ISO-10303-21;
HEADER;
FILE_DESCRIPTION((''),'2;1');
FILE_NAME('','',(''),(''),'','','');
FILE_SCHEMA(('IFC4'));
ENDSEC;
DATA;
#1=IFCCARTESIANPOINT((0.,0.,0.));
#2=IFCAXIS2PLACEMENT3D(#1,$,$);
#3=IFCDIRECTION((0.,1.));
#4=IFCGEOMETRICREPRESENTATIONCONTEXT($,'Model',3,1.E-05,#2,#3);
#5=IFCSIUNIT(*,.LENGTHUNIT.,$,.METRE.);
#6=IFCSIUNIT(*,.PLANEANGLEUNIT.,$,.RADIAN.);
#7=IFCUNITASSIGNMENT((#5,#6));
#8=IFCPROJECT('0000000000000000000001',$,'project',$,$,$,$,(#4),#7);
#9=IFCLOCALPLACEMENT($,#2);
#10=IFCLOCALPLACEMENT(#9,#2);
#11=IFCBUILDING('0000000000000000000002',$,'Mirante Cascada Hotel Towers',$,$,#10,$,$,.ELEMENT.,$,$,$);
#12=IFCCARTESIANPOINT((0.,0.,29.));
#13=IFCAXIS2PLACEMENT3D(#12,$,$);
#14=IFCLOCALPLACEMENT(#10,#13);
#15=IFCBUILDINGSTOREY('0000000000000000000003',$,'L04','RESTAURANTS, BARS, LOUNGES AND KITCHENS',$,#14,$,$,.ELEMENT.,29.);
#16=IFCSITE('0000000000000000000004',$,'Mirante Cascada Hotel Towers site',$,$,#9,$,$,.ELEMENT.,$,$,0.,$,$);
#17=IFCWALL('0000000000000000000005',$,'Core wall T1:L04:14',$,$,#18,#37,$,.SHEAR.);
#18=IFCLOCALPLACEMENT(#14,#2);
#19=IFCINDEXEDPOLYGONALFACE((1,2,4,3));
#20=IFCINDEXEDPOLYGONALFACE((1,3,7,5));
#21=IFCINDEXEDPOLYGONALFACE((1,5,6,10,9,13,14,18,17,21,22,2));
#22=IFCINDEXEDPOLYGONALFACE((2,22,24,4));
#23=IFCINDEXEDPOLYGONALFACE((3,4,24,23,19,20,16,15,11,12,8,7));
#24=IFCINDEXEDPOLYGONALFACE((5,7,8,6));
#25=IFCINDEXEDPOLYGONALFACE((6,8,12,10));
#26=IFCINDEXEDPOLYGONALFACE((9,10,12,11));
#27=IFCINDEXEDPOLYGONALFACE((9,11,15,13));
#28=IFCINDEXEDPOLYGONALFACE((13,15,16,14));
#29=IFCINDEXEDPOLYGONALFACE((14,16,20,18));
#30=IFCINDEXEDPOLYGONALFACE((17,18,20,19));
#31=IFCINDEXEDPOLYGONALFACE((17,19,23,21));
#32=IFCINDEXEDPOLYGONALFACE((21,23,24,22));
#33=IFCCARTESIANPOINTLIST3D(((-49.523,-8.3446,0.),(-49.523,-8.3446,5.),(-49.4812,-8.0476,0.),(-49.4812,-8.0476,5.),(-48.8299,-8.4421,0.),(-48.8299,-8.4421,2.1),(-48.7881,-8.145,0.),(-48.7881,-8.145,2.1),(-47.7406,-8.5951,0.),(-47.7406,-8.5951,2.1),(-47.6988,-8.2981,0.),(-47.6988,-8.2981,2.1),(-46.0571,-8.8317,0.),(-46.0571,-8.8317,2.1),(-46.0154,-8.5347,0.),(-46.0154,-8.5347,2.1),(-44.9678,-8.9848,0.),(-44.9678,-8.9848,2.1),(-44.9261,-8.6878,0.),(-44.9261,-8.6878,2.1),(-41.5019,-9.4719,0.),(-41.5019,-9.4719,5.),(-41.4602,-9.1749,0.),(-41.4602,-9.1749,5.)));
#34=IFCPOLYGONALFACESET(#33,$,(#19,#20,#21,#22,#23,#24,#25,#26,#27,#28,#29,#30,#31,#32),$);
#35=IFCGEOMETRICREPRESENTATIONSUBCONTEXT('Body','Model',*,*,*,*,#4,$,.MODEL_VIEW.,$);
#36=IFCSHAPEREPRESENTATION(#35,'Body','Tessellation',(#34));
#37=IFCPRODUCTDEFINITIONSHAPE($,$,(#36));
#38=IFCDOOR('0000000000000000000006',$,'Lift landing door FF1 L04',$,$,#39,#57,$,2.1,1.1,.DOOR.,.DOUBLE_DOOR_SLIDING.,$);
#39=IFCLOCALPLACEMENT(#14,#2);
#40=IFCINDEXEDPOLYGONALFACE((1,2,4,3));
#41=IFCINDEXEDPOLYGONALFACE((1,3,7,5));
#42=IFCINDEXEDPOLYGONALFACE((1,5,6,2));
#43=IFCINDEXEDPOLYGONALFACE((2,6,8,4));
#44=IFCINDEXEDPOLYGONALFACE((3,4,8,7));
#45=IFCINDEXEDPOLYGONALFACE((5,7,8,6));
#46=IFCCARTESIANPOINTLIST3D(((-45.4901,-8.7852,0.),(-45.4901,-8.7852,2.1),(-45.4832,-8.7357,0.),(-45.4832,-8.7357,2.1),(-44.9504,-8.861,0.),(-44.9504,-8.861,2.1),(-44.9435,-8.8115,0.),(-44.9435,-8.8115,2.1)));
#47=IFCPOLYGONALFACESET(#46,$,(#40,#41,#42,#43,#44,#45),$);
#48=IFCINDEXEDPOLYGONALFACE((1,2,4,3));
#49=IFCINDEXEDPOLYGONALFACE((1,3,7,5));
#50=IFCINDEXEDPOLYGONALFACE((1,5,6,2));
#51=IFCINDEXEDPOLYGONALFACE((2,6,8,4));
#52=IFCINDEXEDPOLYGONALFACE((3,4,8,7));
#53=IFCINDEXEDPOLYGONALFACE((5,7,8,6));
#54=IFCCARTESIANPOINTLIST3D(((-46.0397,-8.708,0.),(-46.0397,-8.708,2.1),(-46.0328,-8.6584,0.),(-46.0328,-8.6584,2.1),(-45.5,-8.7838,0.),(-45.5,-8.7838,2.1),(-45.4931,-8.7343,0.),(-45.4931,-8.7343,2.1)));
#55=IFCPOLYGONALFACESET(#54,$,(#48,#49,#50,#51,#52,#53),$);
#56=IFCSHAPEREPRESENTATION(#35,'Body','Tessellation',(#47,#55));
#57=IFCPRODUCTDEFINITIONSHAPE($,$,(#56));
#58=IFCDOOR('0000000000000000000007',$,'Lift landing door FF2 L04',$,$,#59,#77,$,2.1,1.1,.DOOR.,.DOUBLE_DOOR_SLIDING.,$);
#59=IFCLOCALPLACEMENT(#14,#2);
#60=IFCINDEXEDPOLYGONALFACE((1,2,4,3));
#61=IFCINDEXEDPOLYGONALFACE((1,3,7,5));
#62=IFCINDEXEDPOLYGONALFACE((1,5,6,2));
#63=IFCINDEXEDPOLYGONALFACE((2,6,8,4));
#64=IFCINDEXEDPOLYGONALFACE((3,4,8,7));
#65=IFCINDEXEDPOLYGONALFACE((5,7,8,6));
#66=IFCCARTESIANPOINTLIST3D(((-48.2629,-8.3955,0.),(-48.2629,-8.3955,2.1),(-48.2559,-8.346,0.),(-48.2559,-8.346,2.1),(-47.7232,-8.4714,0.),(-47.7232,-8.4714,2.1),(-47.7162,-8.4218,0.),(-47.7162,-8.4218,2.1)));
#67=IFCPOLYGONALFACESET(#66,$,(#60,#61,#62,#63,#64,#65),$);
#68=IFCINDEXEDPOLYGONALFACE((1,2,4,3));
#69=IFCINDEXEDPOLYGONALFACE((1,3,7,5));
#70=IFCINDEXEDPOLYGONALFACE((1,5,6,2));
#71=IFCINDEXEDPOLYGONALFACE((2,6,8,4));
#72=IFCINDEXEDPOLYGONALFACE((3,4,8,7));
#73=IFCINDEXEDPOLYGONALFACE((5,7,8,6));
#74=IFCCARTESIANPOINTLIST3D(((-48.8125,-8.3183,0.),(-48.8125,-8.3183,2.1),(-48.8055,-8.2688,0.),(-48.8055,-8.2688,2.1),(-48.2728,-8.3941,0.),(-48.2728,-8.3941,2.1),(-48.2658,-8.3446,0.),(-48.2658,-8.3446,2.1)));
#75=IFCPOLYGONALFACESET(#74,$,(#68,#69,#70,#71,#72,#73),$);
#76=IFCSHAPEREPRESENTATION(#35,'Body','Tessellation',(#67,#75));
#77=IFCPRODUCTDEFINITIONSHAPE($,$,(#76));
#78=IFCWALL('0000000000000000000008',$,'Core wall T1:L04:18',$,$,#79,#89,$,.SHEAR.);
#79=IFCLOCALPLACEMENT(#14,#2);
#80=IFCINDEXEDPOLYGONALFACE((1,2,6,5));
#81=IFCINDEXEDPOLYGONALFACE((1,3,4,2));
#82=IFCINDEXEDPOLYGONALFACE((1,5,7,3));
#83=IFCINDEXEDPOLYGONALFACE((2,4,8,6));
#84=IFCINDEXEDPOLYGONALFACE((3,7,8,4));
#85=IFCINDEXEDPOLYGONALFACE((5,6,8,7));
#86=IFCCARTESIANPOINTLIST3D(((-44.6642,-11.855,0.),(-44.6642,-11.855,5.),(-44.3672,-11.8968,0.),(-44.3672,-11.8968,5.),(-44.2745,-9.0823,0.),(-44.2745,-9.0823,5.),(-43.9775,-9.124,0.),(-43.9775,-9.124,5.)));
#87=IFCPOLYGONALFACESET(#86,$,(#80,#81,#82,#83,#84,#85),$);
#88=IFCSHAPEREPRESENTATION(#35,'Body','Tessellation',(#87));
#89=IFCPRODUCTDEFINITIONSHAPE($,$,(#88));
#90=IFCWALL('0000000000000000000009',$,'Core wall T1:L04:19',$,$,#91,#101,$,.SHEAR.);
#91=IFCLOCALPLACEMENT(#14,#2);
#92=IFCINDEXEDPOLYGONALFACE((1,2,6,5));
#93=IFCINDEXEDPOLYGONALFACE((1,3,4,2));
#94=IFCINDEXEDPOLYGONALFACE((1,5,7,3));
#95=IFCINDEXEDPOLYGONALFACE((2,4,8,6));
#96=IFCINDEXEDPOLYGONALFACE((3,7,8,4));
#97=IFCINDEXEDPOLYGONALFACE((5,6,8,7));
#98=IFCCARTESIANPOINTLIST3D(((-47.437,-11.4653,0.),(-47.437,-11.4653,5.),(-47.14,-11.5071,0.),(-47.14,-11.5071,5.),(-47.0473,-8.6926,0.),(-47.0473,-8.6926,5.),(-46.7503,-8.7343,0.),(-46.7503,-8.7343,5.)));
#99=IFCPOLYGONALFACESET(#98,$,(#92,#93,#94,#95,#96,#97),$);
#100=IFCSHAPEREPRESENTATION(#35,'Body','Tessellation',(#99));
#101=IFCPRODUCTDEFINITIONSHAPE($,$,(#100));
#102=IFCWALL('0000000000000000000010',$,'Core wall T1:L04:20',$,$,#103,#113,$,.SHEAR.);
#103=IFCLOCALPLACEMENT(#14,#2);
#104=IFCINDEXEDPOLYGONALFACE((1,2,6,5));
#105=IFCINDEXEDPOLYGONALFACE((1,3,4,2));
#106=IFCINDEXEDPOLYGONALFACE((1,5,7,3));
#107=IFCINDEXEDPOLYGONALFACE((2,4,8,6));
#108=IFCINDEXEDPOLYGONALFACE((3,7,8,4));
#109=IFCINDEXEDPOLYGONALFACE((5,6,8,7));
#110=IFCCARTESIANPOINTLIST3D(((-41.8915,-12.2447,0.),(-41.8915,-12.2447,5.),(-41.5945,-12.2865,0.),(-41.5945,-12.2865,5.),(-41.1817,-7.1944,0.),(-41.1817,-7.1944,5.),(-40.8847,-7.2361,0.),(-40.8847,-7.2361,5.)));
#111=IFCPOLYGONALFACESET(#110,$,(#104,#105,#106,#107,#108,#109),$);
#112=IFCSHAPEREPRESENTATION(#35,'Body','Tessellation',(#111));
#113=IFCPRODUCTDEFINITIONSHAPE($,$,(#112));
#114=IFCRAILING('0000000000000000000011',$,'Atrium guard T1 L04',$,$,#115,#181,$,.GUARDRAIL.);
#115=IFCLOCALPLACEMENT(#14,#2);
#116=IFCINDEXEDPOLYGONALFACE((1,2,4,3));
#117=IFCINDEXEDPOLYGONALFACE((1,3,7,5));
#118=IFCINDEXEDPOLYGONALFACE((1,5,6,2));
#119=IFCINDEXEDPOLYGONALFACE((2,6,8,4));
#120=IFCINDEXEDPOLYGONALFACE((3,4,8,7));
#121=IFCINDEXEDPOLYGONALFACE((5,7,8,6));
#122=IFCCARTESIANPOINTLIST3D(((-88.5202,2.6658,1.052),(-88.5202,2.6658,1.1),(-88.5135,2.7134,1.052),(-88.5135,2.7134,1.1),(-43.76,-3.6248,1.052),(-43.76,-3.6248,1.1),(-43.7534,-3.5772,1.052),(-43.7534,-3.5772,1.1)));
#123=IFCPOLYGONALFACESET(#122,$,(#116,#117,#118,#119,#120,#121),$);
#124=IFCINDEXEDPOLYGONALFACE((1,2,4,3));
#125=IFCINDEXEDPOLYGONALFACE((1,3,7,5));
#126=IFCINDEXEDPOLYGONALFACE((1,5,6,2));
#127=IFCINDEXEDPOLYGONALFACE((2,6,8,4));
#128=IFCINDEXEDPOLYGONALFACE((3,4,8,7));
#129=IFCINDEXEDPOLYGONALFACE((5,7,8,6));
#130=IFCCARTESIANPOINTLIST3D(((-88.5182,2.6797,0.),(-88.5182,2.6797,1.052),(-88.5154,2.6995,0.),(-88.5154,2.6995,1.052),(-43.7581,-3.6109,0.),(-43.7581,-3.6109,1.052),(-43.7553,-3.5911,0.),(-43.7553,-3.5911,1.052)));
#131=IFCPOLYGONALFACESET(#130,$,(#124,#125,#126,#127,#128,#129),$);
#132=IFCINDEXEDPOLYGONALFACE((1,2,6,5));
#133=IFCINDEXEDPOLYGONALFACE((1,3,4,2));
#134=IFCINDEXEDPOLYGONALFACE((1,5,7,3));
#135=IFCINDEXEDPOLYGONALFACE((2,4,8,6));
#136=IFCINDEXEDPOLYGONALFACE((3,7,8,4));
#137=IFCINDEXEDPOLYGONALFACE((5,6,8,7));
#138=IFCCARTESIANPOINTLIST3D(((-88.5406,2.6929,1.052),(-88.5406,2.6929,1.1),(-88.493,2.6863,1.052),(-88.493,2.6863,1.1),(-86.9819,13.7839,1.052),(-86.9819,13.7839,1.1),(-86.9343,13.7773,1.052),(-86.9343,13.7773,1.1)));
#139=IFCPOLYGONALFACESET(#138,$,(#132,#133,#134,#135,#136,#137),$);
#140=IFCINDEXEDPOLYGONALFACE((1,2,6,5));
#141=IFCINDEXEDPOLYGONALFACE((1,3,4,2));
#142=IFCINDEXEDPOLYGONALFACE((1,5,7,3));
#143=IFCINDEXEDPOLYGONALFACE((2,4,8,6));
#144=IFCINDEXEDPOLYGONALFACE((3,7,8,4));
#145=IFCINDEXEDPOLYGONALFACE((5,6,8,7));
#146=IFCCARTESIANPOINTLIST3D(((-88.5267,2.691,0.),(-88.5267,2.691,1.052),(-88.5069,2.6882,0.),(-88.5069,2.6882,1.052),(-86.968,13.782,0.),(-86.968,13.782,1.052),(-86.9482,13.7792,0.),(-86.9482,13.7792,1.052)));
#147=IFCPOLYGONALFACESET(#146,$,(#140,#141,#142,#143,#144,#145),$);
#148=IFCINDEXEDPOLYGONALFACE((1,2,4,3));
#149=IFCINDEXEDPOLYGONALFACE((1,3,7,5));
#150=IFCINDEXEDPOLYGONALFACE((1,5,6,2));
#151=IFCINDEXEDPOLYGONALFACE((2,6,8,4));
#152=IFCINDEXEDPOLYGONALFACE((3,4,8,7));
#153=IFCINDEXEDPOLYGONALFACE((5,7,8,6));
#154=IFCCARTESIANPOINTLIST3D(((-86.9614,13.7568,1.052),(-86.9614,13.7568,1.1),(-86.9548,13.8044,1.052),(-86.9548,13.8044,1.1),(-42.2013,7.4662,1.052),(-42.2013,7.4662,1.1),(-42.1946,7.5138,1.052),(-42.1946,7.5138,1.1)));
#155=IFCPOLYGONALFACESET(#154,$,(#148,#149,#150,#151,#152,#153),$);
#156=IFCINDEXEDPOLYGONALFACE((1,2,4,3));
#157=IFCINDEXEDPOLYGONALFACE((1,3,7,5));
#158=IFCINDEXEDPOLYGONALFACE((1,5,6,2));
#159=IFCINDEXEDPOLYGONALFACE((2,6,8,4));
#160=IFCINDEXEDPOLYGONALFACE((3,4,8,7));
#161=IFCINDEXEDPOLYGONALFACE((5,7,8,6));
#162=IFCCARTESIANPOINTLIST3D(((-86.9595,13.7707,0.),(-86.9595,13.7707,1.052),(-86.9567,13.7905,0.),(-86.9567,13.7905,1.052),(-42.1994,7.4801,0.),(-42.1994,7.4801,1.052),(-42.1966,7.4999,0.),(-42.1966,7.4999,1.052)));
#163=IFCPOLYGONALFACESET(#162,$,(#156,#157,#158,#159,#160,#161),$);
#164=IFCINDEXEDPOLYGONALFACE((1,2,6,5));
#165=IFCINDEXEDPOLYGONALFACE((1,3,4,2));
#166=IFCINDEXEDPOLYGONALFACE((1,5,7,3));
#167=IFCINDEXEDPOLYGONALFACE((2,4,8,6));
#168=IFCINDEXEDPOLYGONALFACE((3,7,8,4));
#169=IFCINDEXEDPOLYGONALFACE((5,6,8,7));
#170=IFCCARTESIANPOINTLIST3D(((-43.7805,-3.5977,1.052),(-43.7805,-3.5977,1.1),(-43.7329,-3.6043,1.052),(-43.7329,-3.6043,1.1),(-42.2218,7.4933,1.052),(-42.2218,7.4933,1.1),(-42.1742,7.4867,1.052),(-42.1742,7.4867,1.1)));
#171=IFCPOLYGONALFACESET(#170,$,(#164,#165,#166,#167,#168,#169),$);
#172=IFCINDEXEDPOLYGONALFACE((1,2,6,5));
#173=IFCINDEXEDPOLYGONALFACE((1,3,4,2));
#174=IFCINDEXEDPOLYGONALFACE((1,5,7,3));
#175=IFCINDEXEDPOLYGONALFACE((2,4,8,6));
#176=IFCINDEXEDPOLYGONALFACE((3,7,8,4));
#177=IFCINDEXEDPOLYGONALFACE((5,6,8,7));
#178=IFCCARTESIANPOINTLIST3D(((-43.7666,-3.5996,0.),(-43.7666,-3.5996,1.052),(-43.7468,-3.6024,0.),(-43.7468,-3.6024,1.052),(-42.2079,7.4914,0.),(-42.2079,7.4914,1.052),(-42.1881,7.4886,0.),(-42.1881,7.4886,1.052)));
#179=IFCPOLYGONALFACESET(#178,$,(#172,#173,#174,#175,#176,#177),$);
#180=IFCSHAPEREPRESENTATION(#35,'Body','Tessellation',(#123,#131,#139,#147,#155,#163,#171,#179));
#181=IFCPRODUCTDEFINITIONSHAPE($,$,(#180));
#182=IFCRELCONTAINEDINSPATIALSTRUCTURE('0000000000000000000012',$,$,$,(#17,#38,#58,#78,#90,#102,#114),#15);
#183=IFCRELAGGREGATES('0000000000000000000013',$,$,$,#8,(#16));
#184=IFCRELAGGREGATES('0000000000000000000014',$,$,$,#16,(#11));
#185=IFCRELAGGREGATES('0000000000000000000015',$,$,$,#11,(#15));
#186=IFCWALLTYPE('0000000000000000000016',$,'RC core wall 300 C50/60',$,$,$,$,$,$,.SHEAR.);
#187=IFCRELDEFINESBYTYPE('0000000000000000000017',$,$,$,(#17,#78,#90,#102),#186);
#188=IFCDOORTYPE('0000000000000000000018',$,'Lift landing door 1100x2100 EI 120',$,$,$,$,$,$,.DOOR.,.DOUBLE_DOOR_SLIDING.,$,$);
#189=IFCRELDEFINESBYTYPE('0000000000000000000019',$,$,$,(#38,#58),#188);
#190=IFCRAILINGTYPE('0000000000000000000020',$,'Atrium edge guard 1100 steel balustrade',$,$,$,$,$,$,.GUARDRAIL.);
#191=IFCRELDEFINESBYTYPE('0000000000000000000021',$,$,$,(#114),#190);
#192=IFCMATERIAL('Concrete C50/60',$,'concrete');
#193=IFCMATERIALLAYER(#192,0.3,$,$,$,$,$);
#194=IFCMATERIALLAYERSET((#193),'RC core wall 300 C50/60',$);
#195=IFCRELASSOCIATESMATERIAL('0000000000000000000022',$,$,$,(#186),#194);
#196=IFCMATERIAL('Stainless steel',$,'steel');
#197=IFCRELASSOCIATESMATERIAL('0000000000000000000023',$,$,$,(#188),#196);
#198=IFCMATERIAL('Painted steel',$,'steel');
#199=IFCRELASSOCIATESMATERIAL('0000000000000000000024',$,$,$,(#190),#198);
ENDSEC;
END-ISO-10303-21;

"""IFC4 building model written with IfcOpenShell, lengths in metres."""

from ifc_helpers import new_model, si_unit, direction, frame, frame_2d, origin, origin_2d, place, context, subcontext, project, spatial, rectangle, extrude, material, layer, layer_set, type_object, element, fill, save


model = new_model("IFC4")

# Units and contexts
model_context = context("Model", 3, precision=1e-05, world=origin(), true_north=direction((0.0, 1.0)))
body_context = subcontext(model_context, "Body", "Model", "MODEL_VIEW")
ifc_project = project(units=[si_unit("LENGTHUNIT", "METRE"), si_unit("PLANEANGLEUNIT", "RADIAN")], contexts=[model_context])

# Site, building, storey
site_placement = place(None, origin())
site = spatial("IfcSite", under=ifc_project, at=site_placement, Name="Mirante Cascada Hotel Towers site", CompositionType="ELEMENT", RefElevation=0.0)
building_placement = place(site_placement, origin())
building = spatial("IfcBuilding", under=site, at=building_placement, Name="Mirante Cascada Hotel Towers", CompositionType="ELEMENT")
storey_placement = place(building_placement, frame((0.0, 0.0, 29.0)))
storey = spatial("IfcBuildingStorey", under=building, at=storey_placement, Name="L04", Description="RESTAURANTS, BARS, LOUNGES AND KITCHENS", CompositionType="ELEMENT", Elevation=29.0)

# Shared definitions
ifc_material_1 = material(Name="Concrete C50/60", Category="concrete")
ifc_layer_1 = layer(ifc_material_1, 0.3)
ifc_layer_set_1 = layer_set([ifc_layer_1], Name="RC core wall 300 C50/60")
wall_type_1 = type_object("IfcWallType", Name="RC core wall 300 C50/60", PredefinedType="SHEAR", material=ifc_layer_set_1)
ifc_material_2 = material(Name="Stainless steel", Category="steel")
door_type_1 = type_object("IfcDoorType", Name="Lift landing door 1100x2100 EI 120", OperationType="DOUBLE_DOOR_SLIDING", PredefinedType="DOOR", material=ifc_material_2)

# Wall, openings, doors
wall_1_placement = place(storey_placement, frame((-41.481, -9.3234, 0.0), z_axis=(0.0, 0.0, 1.0), x_axis=(-0.990268, 0.139174, 0.0)))
wall_1 = element("IfcWall", 1, at=wall_1_placement, inside=storey, type_object=wall_type_1, Name="Core wall T1:L04:14", PredefinedType="SHEAR", context=body_context, shape_type="SweptSolid", body=[
    extrude(rectangle(XDim=8.0999, YDim=0.3, at=frame_2d((4.05, 0.0))), origin(), (0.0, 0.0, 1.0), 5.0),
])
opening_1_placement = place(wall_1_placement, frame((3.5, 0.0, 0.0)))
opening_1 = element("IfcOpeningElement", 2, at=opening_1_placement, cuts=wall_1, PredefinedType="OPENING", context=body_context, shape_type="SweptSolid", body=[
    extrude(rectangle(XDim=1.1, YDim=2.1, at=frame_2d((0.55, 1.05))), frame((0.0, 0.15, 0.0), z_axis=(0.0, -1.0, 0.0), x_axis=(1.0, 0.0, 0.0)), (0.0, 0.0, 1.0), 0.3),
])
opening_2_placement = place(wall_1_placement, frame((6.3, 0.0, 0.0)))
opening_2 = element("IfcOpeningElement", 3, at=opening_2_placement, cuts=wall_1, PredefinedType="OPENING", context=body_context, shape_type="SweptSolid", body=[
    extrude(rectangle(XDim=1.1, YDim=2.1, at=frame_2d((0.55, 1.05))), frame((0.0, 0.15, 0.0), z_axis=(0.0, -1.0, 0.0), x_axis=(1.0, 0.0, 0.0)), (0.0, 0.0, 1.0), 0.3),
])
door_1_placement = place(opening_1_placement, origin())
door_1 = element("IfcDoor", 4, at=door_1_placement, inside=storey, type_object=door_type_1, Name="Lift landing door FF1 L04", OperationType="DOUBLE_DOOR_SLIDING", OverallHeight=2.1, OverallWidth=1.1, PredefinedType="DOOR", context=body_context, shape_type="SweptSolid", body=[
    extrude(rectangle(XDim=0.545, YDim=2.1, at=frame_2d((0.2725, 1.05))), frame((0.0, 0.025, 0.0), z_axis=(0.0, -1.0, 0.0), x_axis=(1.0, 0.0, 0.0)), (0.0, 0.0, 1.0), 0.05),
    extrude(rectangle(XDim=0.545, YDim=2.1, at=frame_2d((0.8275, 1.05))), frame((0.0, 0.025, 0.0), z_axis=(0.0, -1.0, 0.0), x_axis=(1.0, 0.0, 0.0)), (0.0, 0.0, 1.0), 0.05),
])
fill(opening_1, door_1)
door_2_placement = place(opening_2_placement, origin())
door_2 = element("IfcDoor", 5, at=door_2_placement, inside=storey, type_object=door_type_1, Name="Lift landing door FF2 L04", OperationType="DOUBLE_DOOR_SLIDING", OverallHeight=2.1, OverallWidth=1.1, PredefinedType="DOOR", context=body_context, shape_type="SweptSolid", body=[
    extrude(rectangle(XDim=0.545, YDim=2.1, at=frame_2d((0.2725, 1.05))), frame((0.0, 0.025, 0.0), z_axis=(0.0, -1.0, 0.0), x_axis=(1.0, 0.0, 0.0)), (0.0, 0.0, 1.0), 0.05),
    extrude(rectangle(XDim=0.545, YDim=2.1, at=frame_2d((0.8275, 1.05))), frame((0.0, 0.025, 0.0), z_axis=(0.0, -1.0, 0.0), x_axis=(1.0, 0.0, 0.0)), (0.0, 0.0, 1.0), 0.05),
])
fill(opening_2, door_2)

# Walls
for number, where, z_axis, x_axis, name in (
    (6, (-44.5157, -11.8759, 0.0), (0.0, 0.0, 1.0), (0.139181, 0.990267, 0.0), "Core wall T1:L04:18"),
    (7, (-47.2885, -11.4862, 0.0), (0.0, 0.0, 1.0), (0.139181, 0.990267, 0.0), "Core wall T1:L04:19"),
):
    element("IfcWall", number, at=place(storey_placement, frame(where, z_axis=z_axis, x_axis=x_axis)), inside=storey, type_object=wall_type_1, Name=name, PredefinedType="SHEAR", context=body_context, shape_type="SweptSolid", body=[
        extrude(rectangle(XDim=2.8, YDim=0.3, at=frame_2d((1.4, 0.0))), origin(), (0.0, 0.0, 1.0), 5.0),
    ])
wall_2_placement = place(storey_placement, frame((-41.743, -12.2656, 0.0), z_axis=(0.0, 0.0, 1.0), x_axis=(0.139176, 0.990268, 0.0)))
element("IfcWall", 8, at=wall_2_placement, inside=storey, type_object=wall_type_1, Name="Core wall T1:L04:20", PredefinedType="SHEAR", context=body_context, shape_type="SweptSolid", body=[
    extrude(rectangle(XDim=5.1, YDim=0.3, at=frame_2d((2.55, 0.0))), origin(), (0.0, 0.0, 1.0), 5.0),
])

# Railing
ifc_material_3 = material(Name="Painted steel", Category="steel")
railing_type = type_object("IfcRailingType", Name="Atrium edge guard 1100 steel balustrade", PredefinedType="GUARDRAIL", material=ifc_material_3)
railing_placement = place(storey_placement, frame((-43.7567, -3.601, 0.0)))
element("IfcRailing", 9, at=railing_placement, inside=storey, type_object=railing_type, Name="Atrium guard T1 L04", PredefinedType="GUARDRAIL", context=body_context, shape_type="SweptSolid", body=[
    extrude(rectangle(XDim=0.048, YDim=0.048, at=origin_2d()), frame((0.0, 0.0, 1.076), z_axis=(-0.990268, 0.139173, 0.0), x_axis=(-0.139173, -0.990268, 0.0)), (0.0, 0.0, 1.0), 45.2),
    extrude(rectangle(XDim=0.02, YDim=1.052, at=origin_2d()), frame((0.0, 0.0, 0.526), z_axis=(-0.990268, 0.139173, 0.0), x_axis=(-0.139173, -0.990268, 0.0)), (0.0, 0.0, 1.0), 45.2),
    extrude(rectangle(XDim=0.048, YDim=0.048, at=origin_2d()), frame((-44.7601, 6.2906, 1.076), z_axis=(0.13917, 0.990268, 0.0), x_axis=(-0.990268, 0.13917, 0.0)), (0.0, 0.0, 1.0), 11.2),
    extrude(rectangle(XDim=0.02, YDim=1.052, at=origin_2d()), frame((-44.7601, 6.2906, 0.526), z_axis=(0.13917, 0.990268, 0.0), x_axis=(-0.990268, 0.13917, 0.0)), (0.0, 0.0, 1.0), 11.2),
    extrude(rectangle(XDim=0.048, YDim=0.048, at=origin_2d()), frame((-43.2014, 17.3816, 1.076), z_axis=(0.990268, -0.139173, 0.0), x_axis=(0.139173, 0.990268, 0.0)), (0.0, 0.0, 1.0), 45.2),
    extrude(rectangle(XDim=0.02, YDim=1.052, at=origin_2d()), frame((-43.2014, 17.3816, 0.526), z_axis=(0.990268, -0.139173, 0.0), x_axis=(0.139173, 0.990268, 0.0)), (0.0, 0.0, 1.0), 45.2),
    extrude(rectangle(XDim=0.048, YDim=0.048, at=origin_2d()), frame((1.5587, 11.091, 1.076), z_axis=(-0.13917, -0.990268, 0.0), x_axis=(0.990268, -0.13917, 0.0)), (0.0, 0.0, 1.0), 11.2),
    extrude(rectangle(XDim=0.02, YDim=1.052, at=origin_2d()), frame((1.5587, 11.091, 0.526), z_axis=(-0.13917, -0.990268, 0.0), x_axis=(0.990268, -0.13917, 0.0)), (0.0, 0.0, 1.0), 11.2),
])

save(model, "model.ifc")
